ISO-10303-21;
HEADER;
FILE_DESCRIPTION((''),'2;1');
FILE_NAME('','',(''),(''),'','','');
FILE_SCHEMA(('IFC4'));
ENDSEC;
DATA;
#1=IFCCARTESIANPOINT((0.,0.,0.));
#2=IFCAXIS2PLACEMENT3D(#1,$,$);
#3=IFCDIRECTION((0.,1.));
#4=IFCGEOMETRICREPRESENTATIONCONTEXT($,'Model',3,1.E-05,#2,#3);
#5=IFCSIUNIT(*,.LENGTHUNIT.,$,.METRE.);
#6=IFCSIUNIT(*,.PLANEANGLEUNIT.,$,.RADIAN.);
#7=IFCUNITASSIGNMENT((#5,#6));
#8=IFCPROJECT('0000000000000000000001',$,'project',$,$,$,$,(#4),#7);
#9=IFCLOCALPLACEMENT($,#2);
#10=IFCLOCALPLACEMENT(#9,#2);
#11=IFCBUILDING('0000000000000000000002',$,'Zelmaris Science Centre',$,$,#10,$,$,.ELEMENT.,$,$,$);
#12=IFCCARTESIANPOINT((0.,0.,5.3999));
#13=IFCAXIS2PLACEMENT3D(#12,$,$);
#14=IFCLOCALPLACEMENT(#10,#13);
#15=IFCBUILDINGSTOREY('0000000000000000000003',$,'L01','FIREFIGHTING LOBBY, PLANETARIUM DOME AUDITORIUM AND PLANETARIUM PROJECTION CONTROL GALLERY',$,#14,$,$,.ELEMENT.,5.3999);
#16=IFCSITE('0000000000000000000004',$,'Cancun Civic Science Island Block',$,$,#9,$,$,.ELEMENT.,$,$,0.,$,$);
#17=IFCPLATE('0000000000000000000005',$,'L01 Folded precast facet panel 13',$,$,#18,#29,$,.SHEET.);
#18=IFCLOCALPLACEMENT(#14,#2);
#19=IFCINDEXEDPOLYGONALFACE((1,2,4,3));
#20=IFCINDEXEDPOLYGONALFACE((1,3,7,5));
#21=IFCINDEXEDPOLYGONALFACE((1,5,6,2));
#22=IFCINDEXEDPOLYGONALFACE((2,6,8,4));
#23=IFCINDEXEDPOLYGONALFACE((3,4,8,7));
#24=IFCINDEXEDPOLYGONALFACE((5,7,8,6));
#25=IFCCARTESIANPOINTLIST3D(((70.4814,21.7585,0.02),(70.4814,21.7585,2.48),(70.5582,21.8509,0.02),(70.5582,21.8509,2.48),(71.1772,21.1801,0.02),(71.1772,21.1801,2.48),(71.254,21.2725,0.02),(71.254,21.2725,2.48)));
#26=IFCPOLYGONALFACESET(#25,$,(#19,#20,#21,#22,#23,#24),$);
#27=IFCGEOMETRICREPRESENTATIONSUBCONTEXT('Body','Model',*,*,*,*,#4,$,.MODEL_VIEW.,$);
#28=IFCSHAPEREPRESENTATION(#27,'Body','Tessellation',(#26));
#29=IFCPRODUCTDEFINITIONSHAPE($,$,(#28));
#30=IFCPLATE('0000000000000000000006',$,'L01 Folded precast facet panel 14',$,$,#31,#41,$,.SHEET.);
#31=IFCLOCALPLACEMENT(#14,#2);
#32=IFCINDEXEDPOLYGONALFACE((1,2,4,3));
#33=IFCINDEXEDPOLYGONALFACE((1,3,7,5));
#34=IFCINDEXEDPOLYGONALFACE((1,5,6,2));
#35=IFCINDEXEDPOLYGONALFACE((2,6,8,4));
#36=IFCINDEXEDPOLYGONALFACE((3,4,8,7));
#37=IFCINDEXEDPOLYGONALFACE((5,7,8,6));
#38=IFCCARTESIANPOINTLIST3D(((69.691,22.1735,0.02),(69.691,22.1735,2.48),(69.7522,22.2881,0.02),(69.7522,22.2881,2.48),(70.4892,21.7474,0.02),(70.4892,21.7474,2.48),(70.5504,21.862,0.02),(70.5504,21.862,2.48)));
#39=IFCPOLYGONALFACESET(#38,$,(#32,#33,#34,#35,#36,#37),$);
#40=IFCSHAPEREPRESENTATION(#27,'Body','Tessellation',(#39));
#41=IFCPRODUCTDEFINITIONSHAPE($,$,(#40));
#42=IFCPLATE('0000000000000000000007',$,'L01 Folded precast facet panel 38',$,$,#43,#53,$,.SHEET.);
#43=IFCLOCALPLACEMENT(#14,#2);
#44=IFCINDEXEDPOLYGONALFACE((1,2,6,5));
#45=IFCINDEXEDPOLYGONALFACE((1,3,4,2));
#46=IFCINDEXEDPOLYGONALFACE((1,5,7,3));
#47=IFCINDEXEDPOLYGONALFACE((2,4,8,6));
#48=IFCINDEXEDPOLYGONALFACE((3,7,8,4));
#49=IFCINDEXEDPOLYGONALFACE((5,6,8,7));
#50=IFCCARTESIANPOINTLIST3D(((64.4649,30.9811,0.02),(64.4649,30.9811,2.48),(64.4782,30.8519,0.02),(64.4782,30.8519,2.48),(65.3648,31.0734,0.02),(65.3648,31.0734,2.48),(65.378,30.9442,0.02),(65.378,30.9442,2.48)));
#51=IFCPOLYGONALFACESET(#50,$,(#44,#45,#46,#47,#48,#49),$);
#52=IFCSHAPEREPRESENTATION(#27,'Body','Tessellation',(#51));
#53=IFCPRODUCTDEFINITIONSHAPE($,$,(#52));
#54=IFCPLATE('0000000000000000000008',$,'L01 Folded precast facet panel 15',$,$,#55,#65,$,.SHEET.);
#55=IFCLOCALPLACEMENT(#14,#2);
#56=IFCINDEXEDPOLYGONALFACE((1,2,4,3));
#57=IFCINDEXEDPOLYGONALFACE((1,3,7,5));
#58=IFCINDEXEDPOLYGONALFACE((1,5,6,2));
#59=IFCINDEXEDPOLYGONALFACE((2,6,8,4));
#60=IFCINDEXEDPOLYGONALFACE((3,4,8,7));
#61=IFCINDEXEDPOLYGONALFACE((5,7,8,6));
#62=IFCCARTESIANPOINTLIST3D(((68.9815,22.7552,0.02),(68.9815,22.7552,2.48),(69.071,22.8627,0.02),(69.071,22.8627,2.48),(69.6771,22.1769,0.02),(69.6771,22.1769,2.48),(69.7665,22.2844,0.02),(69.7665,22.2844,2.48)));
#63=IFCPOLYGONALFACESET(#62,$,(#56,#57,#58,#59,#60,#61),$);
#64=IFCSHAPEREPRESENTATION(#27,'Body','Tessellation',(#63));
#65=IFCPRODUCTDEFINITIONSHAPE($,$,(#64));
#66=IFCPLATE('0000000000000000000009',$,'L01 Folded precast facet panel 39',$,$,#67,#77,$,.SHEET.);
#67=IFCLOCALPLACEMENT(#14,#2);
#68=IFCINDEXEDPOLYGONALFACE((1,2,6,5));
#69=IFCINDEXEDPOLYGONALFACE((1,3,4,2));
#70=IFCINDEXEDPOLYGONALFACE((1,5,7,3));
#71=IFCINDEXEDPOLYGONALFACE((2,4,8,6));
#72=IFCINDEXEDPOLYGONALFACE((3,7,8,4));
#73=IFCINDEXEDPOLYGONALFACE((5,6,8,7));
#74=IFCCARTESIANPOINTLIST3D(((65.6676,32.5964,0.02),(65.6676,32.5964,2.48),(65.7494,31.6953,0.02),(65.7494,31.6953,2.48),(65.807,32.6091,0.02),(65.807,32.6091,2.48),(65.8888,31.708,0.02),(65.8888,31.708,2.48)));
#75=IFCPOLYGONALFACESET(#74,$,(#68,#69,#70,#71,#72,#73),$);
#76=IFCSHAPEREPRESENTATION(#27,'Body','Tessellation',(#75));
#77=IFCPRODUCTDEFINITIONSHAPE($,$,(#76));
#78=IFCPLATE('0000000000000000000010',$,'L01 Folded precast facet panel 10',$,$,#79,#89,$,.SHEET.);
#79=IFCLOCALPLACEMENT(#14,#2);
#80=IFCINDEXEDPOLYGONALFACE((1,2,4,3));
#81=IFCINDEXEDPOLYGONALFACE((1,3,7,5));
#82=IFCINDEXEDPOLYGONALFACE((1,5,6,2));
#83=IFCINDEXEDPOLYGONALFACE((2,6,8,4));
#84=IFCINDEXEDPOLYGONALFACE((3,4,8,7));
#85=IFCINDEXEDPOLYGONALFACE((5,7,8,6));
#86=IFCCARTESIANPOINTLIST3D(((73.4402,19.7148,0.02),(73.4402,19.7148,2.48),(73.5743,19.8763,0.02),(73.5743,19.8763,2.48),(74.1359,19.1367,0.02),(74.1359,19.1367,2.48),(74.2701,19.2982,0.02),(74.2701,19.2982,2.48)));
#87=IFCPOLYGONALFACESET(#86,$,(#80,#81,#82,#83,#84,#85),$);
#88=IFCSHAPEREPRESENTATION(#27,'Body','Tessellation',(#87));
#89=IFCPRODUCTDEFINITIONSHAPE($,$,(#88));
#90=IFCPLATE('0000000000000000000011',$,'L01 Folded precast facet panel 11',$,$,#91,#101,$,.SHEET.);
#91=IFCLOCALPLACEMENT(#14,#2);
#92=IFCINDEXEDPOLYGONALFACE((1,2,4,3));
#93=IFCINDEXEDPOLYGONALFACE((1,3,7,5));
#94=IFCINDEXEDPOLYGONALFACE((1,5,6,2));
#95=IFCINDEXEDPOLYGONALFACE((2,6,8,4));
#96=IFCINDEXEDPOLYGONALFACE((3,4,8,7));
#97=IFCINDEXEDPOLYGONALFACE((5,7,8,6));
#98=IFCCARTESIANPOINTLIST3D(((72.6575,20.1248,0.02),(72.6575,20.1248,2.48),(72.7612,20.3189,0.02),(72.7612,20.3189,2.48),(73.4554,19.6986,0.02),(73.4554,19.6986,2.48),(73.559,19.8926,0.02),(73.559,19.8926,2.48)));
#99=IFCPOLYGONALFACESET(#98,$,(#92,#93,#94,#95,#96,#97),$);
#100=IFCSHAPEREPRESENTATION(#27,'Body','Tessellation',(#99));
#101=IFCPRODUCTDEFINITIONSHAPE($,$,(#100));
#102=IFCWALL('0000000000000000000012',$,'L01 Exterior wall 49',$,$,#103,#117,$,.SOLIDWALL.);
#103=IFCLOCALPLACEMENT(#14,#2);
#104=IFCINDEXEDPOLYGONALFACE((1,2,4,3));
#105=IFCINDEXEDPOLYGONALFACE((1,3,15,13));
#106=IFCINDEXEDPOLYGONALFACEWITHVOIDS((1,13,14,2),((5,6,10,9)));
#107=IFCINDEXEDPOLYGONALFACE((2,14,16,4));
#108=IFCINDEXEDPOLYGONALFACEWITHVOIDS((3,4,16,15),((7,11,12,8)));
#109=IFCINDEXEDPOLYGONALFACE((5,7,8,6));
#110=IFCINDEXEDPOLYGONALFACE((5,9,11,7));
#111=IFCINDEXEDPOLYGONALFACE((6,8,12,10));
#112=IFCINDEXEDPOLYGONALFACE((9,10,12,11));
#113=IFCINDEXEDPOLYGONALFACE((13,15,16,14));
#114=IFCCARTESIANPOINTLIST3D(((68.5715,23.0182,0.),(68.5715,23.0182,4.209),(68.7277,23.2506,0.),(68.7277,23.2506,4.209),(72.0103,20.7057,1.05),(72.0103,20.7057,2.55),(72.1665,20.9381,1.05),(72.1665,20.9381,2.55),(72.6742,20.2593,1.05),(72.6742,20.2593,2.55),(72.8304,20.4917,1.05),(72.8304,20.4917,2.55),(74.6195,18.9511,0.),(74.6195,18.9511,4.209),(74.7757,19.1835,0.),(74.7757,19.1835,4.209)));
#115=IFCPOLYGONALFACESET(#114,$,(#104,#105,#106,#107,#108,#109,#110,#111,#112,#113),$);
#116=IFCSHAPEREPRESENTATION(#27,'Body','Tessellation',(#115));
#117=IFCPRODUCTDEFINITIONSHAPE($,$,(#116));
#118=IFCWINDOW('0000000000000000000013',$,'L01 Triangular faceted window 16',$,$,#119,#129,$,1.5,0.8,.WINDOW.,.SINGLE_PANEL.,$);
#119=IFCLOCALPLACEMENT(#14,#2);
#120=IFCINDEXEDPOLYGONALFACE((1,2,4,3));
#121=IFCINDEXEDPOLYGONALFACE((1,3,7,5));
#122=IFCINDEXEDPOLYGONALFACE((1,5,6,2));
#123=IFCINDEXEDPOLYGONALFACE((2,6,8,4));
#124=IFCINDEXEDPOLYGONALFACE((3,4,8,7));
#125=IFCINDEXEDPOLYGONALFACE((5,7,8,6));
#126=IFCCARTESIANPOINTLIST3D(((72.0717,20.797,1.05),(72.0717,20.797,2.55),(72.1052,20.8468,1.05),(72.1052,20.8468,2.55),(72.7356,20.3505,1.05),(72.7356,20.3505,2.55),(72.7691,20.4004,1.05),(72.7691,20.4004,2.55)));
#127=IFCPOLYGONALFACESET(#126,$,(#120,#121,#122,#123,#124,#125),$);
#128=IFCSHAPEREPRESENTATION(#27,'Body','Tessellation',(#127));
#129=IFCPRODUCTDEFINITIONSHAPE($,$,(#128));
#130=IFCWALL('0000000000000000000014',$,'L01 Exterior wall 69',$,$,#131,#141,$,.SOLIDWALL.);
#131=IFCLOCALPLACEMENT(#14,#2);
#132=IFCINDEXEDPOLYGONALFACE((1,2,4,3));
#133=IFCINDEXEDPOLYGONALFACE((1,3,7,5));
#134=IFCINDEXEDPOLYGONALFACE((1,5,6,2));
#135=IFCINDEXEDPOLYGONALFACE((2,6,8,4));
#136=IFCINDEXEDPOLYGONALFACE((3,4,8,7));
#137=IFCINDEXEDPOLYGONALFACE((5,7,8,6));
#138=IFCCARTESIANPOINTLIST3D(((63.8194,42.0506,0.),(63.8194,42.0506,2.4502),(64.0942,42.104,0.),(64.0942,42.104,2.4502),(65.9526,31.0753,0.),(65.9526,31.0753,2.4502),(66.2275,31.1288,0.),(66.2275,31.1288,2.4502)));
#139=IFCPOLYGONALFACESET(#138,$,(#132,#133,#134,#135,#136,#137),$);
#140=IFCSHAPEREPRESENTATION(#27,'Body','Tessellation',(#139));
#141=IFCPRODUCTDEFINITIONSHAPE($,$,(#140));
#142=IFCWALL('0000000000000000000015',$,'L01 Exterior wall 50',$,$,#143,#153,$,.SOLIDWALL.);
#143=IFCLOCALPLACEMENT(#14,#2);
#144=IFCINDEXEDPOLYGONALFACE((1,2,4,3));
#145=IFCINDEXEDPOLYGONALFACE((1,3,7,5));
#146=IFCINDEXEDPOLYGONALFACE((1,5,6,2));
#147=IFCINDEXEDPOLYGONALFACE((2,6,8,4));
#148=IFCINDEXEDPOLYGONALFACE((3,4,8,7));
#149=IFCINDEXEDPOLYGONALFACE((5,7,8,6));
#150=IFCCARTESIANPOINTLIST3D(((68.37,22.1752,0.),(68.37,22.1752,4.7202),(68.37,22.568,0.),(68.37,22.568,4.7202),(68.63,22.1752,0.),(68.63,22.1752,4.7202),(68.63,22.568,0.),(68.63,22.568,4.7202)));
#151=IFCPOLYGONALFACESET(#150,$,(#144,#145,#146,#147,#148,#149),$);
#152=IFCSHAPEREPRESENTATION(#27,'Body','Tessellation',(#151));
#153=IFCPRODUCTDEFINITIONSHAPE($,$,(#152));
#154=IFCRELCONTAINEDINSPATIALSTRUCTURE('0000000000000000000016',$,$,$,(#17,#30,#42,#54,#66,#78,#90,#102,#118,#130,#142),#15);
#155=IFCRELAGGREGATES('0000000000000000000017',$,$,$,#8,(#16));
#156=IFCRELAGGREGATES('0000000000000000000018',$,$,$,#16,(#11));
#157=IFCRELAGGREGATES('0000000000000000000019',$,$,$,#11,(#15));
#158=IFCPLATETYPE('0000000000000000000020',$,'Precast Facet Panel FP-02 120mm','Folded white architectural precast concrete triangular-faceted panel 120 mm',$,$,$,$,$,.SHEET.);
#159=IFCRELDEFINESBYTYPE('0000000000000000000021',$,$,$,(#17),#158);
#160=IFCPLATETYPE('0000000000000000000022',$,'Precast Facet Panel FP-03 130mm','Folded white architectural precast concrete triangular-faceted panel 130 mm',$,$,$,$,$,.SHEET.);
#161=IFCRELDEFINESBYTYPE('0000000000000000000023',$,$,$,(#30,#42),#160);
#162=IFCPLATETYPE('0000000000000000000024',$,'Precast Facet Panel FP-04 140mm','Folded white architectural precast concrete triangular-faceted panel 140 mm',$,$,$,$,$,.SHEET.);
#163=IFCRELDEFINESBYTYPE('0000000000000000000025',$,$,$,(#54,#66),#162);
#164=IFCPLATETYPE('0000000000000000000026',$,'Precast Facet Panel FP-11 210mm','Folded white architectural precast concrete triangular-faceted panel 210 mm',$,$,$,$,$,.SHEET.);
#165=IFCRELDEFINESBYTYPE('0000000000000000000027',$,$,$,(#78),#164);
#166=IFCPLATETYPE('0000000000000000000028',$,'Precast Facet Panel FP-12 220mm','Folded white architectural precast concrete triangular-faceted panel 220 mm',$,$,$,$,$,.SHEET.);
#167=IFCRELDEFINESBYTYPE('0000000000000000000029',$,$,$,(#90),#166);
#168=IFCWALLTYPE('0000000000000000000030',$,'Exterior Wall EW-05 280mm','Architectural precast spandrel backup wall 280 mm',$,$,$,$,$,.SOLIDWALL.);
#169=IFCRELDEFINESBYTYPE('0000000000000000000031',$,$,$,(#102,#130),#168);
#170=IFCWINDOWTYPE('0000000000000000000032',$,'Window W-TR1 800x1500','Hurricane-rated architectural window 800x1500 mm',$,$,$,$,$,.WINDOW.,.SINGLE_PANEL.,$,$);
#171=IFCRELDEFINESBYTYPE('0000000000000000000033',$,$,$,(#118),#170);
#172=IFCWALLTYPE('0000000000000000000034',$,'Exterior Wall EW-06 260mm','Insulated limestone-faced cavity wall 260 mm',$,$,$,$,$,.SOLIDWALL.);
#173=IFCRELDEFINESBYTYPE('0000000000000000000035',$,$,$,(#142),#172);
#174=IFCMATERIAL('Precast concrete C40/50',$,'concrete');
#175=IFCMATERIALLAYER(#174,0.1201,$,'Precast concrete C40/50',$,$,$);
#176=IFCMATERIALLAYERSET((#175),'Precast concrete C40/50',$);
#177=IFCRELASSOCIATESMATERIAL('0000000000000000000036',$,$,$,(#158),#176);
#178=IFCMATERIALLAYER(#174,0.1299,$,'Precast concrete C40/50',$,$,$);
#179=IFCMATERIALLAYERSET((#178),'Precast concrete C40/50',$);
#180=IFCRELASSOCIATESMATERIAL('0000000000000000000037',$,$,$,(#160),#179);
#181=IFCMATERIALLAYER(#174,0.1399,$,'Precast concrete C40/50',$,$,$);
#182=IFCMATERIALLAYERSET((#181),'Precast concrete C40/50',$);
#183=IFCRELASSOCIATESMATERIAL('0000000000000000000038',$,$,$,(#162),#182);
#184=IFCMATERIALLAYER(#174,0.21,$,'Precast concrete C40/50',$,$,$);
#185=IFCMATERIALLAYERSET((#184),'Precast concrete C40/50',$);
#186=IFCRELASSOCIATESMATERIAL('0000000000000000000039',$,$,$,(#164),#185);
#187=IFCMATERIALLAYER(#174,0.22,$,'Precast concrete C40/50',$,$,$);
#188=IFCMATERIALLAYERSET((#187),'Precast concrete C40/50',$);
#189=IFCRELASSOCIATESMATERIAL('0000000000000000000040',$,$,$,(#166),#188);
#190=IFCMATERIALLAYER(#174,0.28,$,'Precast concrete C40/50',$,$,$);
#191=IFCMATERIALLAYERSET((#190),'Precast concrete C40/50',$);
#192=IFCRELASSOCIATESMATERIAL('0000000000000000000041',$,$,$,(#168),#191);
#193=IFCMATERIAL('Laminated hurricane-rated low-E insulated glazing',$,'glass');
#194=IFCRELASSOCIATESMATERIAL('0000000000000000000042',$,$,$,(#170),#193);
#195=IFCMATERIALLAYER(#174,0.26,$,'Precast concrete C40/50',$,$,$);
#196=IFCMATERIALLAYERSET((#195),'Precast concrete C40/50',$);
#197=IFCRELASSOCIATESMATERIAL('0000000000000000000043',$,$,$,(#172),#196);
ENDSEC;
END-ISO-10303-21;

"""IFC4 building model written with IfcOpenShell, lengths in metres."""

from ifc_helpers import new_model, si_unit, direction, frame, frame_2d, origin, place, context, subcontext, project, spatial, rectangle, extrude, material, layer, layer_set, type_object, element, fill, save


model = new_model("IFC4")

# Units and contexts
model_context = context("Model", 3, precision=1e-05, world=origin(), true_north=direction((0.0, 1.0)))
body_context = subcontext(model_context, "Body", "Model", "MODEL_VIEW")
ifc_project = project(units=[si_unit("LENGTHUNIT", "METRE"), si_unit("PLANEANGLEUNIT", "RADIAN")], contexts=[model_context])

# Site, building, storey
site_placement = place(None, origin())
site = spatial("IfcSite", under=ifc_project, at=site_placement, Name="Cancun Civic Science Island Block", CompositionType="ELEMENT", RefElevation=0.0)
building_placement = place(site_placement, origin())
building = spatial("IfcBuilding", under=site, at=building_placement, Name="Zelmaris Science Centre", CompositionType="ELEMENT")
storey_placement = place(building_placement, frame((0.0, 0.0, 5.3999)))
storey = spatial("IfcBuildingStorey", under=building, at=storey_placement, Name="L01", Description="FIREFIGHTING LOBBY, PLANETARIUM DOME AUDITORIUM AND PLANETARIUM PROJECTION CONTROL GALLERY", CompositionType="ELEMENT", Elevation=5.3999)

# Shared definitions
ifc_material_1 = material(Name="Laminated hurricane-rated low-E insulated glazing", Category="glass")

# Plates
ifc_material_2 = material(Name="Precast concrete C40/50", Category="concrete")
ifc_layer_1 = layer(ifc_material_2, 0.1201, Name="Precast concrete C40/50")
ifc_layer_set_1 = layer_set([ifc_layer_1], Name="Precast concrete C40/50")
plate_type_1 = type_object("IfcPlateType", Name="Precast Facet Panel FP-02 120mm", Description="Folded white architectural precast concrete triangular-faceted panel 120 mm", PredefinedType="SHEET", material=ifc_layer_set_1)
plate_1_placement = place(storey_placement, frame((71.2156, 21.2263, 0.02), z_axis=(0.0, 0.0, 1.0), x_axis=(-0.769017, 0.639228, 0.0)))
element("IfcPlate", 1, at=plate_1_placement, inside=storey, type_object=plate_type_1, Name="L01 Folded precast facet panel 13", PredefinedType="SHEET", context=body_context, shape_type="SweptSolid", body=[
    extrude(rectangle(XDim=0.9048, YDim=0.1201, at=frame_2d((0.4524, 0.0))), origin(), (0.0, 0.0, 1.0), 2.46),
])
ifc_layer_2 = layer(ifc_material_2, 0.1299, Name="Precast concrete C40/50")
ifc_layer_set_2 = layer_set([ifc_layer_2], Name="Precast concrete C40/50")
plate_type_2 = type_object("IfcPlateType", Name="Precast Facet Panel FP-03 130mm", Description="Folded white architectural precast concrete triangular-faceted panel 130 mm", PredefinedType="SHEET", material=ifc_layer_set_2)
plate_2_placement = place(storey_placement, frame((70.5198, 21.8047, 0.02), z_axis=(0.0, 0.0, 1.0), x_axis=(-0.882181, 0.47091, 0.0)))
element("IfcPlate", 2, at=plate_2_placement, inside=storey, type_object=plate_type_2, Name="L01 Folded precast facet panel 14", PredefinedType="SHEET", context=body_context, shape_type="SweptSolid", body=[
    extrude(rectangle(XDim=0.9048, YDim=0.1299, at=frame_2d((0.4524, 0.0))), origin(), (0.0, 0.0, 1.0), 2.46),
])
plate_3_placement = place(storey_placement, frame((64.4717, 30.9165, 0.02), z_axis=(0.0, 0.0, 1.0), x_axis=(0.994783, 0.102015, 0.0)))
element("IfcPlate", 3, at=plate_3_placement, inside=storey, type_object=plate_type_2, Name="L01 Folded precast facet panel 38", PredefinedType="SHEET", context=body_context, shape_type="SweptSolid", body=[
    extrude(rectangle(XDim=0.9045, YDim=0.1299, at=frame_2d((0.4521, 0.0))), origin(), (0.0, 0.0, 1.0), 2.46),
])
ifc_layer_3 = layer(ifc_material_2, 0.1399, Name="Precast concrete C40/50")
ifc_layer_set_3 = layer_set([ifc_layer_3], Name="Precast concrete C40/50")
plate_type_3 = type_object("IfcPlateType", Name="Precast Facet Panel FP-04 140mm", Description="Folded white architectural precast concrete triangular-faceted panel 140 mm", PredefinedType="SHEET", material=ifc_layer_set_3)
plate_4_placement = place(storey_placement, frame((69.7217, 22.2307, 0.02), z_axis=(0.0, 0.0, 1.0), x_axis=(-0.768907, 0.639361, 0.0)))
element("IfcPlate", 4, at=plate_4_placement, inside=storey, type_object=plate_type_3, Name="L01 Folded precast facet panel 15", PredefinedType="SHEET", context=body_context, shape_type="SweptSolid", body=[
    extrude(rectangle(XDim=0.9045, YDim=0.1399, at=frame_2d((0.4521, 0.0))), origin(), (0.0, 0.0, 1.0), 2.46),
])
plate_5_placement = place(storey_placement, frame((65.8191, 31.7017, 0.02), z_axis=(0.0, 0.0, 1.0), x_axis=(-0.09039, 0.995906, 0.0)))
element("IfcPlate", 5, at=plate_5_placement, inside=storey, type_object=plate_type_3, Name="L01 Folded precast facet panel 39", PredefinedType="SHEET", context=body_context, shape_type="SweptSolid", body=[
    extrude(rectangle(XDim=0.9048, YDim=0.1399, at=frame_2d((0.4524, 0.0))), origin(), (0.0, 0.0, 1.0), 2.46),
])
ifc_layer_4 = layer(ifc_material_2, 0.21, Name="Precast concrete C40/50")
ifc_layer_set_4 = layer_set([ifc_layer_4], Name="Precast concrete C40/50")
plate_type_4 = type_object("IfcPlateType", Name="Precast Facet Panel FP-11 210mm", Description="Folded white architectural precast concrete triangular-faceted panel 210 mm", PredefinedType="SHEET", material=ifc_layer_set_4)
plate_6_placement = place(storey_placement, frame((74.2029, 19.2175, 0.02), z_axis=(0.0, 0.0, 1.0), x_axis=(-0.76915, 0.639069, 0.0)))
element("IfcPlate", 6, at=plate_6_placement, inside=storey, type_object=plate_type_4, Name="L01 Folded precast facet panel 10", PredefinedType="SHEET", context=body_context, shape_type="SweptSolid", body=[
    extrude(rectangle(XDim=0.9045, YDim=0.21, at=frame_2d((0.4521, 0.0))), origin(), (0.0, 0.0, 1.0), 2.46),
])
ifc_layer_5 = layer(ifc_material_2, 0.22, Name="Precast concrete C40/50")
ifc_layer_set_5 = layer_set([ifc_layer_5], Name="Precast concrete C40/50")
plate_type_5 = type_object("IfcPlateType", Name="Precast Facet Panel FP-12 220mm", Description="Folded white architectural precast concrete triangular-faceted panel 220 mm", PredefinedType="SHEET", material=ifc_layer_set_5)
plate_7_placement = place(storey_placement, frame((73.5071, 19.7957, 0.02), z_axis=(0.0, 0.0, 1.0), x_axis=(-0.882009, 0.471232, 0.0)))
element("IfcPlate", 7, at=plate_7_placement, inside=storey, type_object=plate_type_5, Name="L01 Folded precast facet panel 11", PredefinedType="SHEET", context=body_context, shape_type="SweptSolid", body=[
    extrude(rectangle(XDim=0.9045, YDim=0.22, at=frame_2d((0.4521, 0.0))), origin(), (0.0, 0.0, 1.0), 2.46),
])

# Wall, opening, window
ifc_layer_6 = layer(ifc_material_2, 0.28, Name="Precast concrete C40/50")
ifc_layer_set_6 = layer_set([ifc_layer_6], Name="Precast concrete C40/50")
wall_type_1 = type_object("IfcWallType", Name="Exterior Wall EW-05 280mm", Description="Architectural precast spandrel backup wall 280 mm", PredefinedType="SOLIDWALL", material=ifc_layer_set_6)
wall_1_placement = place(storey_placement, frame((74.6975, 19.0674, 0.0), z_axis=(0.0, 0.0, 1.0), x_axis=(-0.829823, 0.558027, 0.0)))
wall_1 = element("IfcWall", 8, at=wall_1_placement, inside=storey, type_object=wall_type_1, Name="L01 Exterior wall 49", PredefinedType="SOLIDWALL", context=body_context, shape_type="SweptSolid", body=[
    extrude(rectangle(XDim=7.2883, YDim=0.28, at=frame_2d((3.644, 0.0))), origin(), (0.0, 0.0, 1.0), 4.209),
])
opening_1_placement = place(wall_1_placement, frame((2.3442, 0.0, 1.05)))
opening_1 = element("IfcOpeningElement", 9, at=opening_1_placement, cuts=wall_1, PredefinedType="OPENING", context=body_context, shape_type="SweptSolid", body=[
    extrude(rectangle(XDim=0.8, YDim=1.5, at=frame_2d((0.3999, 0.75))), frame((0.0, 0.1499, 0.0), z_axis=(0.0, -1.0, 0.0), x_axis=(1.0, 0.0, 0.0)), (0.0, 0.0, 1.0), 0.3),
])
window_type_1 = type_object("IfcWindowType", Name="Window W-TR1 800x1500", Description="Hurricane-rated architectural window 800x1500 mm", PartitioningType="SINGLE_PANEL", PredefinedType="WINDOW", material=ifc_material_1)
window_1_placement = place(opening_1_placement, origin())
window_1 = element("IfcWindow", 10, at=window_1_placement, inside=storey, type_object=window_type_1, Name="L01 Triangular faceted window 16", OverallHeight=1.5, OverallWidth=0.8, PartitioningType="SINGLE_PANEL", PredefinedType="WINDOW", context=body_context, shape_type="SweptSolid", body=[
    extrude(rectangle(XDim=0.8, YDim=1.5, at=frame_2d((0.3999, 0.75))), frame((0.0, 0.03, 0.0), z_axis=(0.0, -1.0, 0.0), x_axis=(1.0, 0.0, 0.0)), (0.0, 0.0, 1.0), 0.0601),
])
fill(opening_1, window_1)

# Walls
wall_2_placement = place(storey_placement, frame((66.0901, 31.1021, 0.0), z_axis=(0.0, 0.0, 1.0), x_axis=(-0.190801, 0.981629, 0.0)))
element("IfcWall", 11, at=wall_2_placement, inside=storey, type_object=wall_type_1, Name="L01 Exterior wall 69", PredefinedType="SOLIDWALL", context=body_context, shape_type="SweptSolid", body=[
    extrude(rectangle(XDim=11.1807, YDim=0.28, at=frame_2d((5.5903, 0.0))), origin(), (0.0, 0.0, 1.0), 2.4502),
])
ifc_layer_7 = layer(ifc_material_2, 0.26, Name="Precast concrete C40/50")
ifc_layer_set_7 = layer_set([ifc_layer_7], Name="Precast concrete C40/50")
wall_type_2 = type_object("IfcWallType", Name="Exterior Wall EW-06 260mm", Description="Insulated limestone-faced cavity wall 260 mm", PredefinedType="SOLIDWALL", material=ifc_layer_set_7)
wall_3_placement = place(storey_placement, frame((68.5, 22.5679, 0.0), z_axis=(0.0, 0.0, 1.0), x_axis=(0.0, -1.0, 0.0)))
element("IfcWall", 12, at=wall_3_placement, inside=storey, type_object=wall_type_2, Name="L01 Exterior wall 50", PredefinedType="SOLIDWALL", context=body_context, shape_type="SweptSolid", body=[
    extrude(rectangle(XDim=0.3928, YDim=0.26, at=frame_2d((0.1963, 0.0))), origin(), (0.0, 0.0, 1.0), 4.7202),
])

save(model, "model.ifc")
